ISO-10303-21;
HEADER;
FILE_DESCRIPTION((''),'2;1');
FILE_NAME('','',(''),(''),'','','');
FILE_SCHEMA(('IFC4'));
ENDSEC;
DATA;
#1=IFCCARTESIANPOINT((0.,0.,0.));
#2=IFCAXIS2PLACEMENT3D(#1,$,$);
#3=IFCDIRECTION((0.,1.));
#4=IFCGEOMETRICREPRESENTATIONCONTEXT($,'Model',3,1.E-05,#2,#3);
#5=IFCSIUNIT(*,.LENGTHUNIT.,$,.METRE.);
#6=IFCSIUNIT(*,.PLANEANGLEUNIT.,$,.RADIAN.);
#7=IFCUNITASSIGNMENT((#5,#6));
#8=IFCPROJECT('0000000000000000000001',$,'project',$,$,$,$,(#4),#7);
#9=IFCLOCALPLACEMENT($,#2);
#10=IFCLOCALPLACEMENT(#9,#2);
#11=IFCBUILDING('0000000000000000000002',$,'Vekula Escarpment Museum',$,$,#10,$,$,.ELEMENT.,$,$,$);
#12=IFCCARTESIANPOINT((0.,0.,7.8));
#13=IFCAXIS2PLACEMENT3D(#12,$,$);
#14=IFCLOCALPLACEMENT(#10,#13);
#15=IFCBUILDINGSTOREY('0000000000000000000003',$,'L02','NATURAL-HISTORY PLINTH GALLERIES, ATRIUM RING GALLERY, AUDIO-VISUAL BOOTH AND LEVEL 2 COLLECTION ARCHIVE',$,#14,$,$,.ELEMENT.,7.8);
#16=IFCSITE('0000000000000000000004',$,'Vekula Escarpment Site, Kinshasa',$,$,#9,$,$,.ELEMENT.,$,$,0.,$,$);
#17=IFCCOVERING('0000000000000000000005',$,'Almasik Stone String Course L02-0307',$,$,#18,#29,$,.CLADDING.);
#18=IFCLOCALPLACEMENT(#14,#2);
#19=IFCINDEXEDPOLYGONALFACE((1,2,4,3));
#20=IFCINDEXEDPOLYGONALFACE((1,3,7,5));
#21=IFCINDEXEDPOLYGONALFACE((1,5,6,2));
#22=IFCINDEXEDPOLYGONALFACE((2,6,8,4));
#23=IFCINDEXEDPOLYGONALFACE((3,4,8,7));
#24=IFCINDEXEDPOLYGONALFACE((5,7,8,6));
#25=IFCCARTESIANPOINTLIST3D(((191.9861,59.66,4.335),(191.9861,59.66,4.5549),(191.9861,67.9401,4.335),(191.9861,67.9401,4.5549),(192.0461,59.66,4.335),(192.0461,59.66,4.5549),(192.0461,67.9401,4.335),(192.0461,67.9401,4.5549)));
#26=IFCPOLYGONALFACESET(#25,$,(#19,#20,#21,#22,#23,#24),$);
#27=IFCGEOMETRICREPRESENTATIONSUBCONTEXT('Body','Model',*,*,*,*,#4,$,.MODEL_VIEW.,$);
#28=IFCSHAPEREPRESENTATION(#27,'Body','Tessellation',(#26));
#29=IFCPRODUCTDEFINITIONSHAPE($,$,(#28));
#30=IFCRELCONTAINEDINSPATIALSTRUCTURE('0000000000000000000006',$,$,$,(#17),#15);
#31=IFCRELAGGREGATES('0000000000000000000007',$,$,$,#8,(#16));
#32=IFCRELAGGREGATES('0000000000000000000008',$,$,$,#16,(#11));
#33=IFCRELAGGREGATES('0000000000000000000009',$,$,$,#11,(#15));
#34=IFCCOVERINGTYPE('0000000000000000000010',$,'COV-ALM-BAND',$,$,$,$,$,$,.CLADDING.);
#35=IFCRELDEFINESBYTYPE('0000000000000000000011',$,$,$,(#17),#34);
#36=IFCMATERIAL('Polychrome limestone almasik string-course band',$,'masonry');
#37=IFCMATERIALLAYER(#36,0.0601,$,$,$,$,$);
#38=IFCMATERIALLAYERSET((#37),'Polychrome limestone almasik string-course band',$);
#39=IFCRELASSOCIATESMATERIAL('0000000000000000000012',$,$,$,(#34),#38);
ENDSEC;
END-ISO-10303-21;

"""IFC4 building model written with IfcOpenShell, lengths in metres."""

from ifc_helpers import new_model, si_unit, direction, frame, origin, origin_2d, place, context, subcontext, project, spatial, rectangle, extrude, material, layer, layer_set, type_object, element, save


model = new_model("IFC4")

# Units and contexts
model_context = context("Model", 3, precision=1e-05, world=origin(), true_north=direction((0.0, 1.0)))
body_context = subcontext(model_context, "Body", "Model", "MODEL_VIEW")
ifc_project = project(units=[si_unit("LENGTHUNIT", "METRE"), si_unit("PLANEANGLEUNIT", "RADIAN")], contexts=[model_context])

# Site, building, storey
site_placement = place(None, origin())
site = spatial("IfcSite", under=ifc_project, at=site_placement, Name="Vekula Escarpment Site, Kinshasa", CompositionType="ELEMENT", RefElevation=0.0)
building_placement = place(site_placement, origin())
building = spatial("IfcBuilding", under=site, at=building_placement, Name="Vekula Escarpment Museum", CompositionType="ELEMENT")
storey_placement = place(building_placement, frame((0.0, 0.0, 7.8)))
storey = spatial("IfcBuildingStorey", under=building, at=storey_placement, Name="L02", Description="NATURAL-HISTORY PLINTH GALLERIES, ATRIUM RING GALLERY, AUDIO-VISUAL BOOTH AND LEVEL 2 COLLECTION ARCHIVE", CompositionType="ELEMENT", Elevation=7.8)

# Covering
ifc_material_1 = material(Name="Polychrome limestone almasik string-course band", Category="masonry")
ifc_layer_1 = layer(ifc_material_1, 0.0601)
ifc_layer_set_1 = layer_set([ifc_layer_1], Name="Polychrome limestone almasik string-course band")
covering_type = type_object("IfcCoveringType", Name="COV-ALM-BAND", PredefinedType="CLADDING", material=ifc_layer_set_1)
for number, where, z_axis, x_axis, name in (
    (1, (192.0161, 63.8, 4.335), (0.0, 0.0, 1.0), (0.0, 1.0, 0.0), "Almasik Stone String Course L02-0307"),
):
    element("IfcCovering", number, at=place(storey_placement, frame(where, z_axis=z_axis, x_axis=x_axis)), inside=storey, type_object=covering_type, Name=name, PredefinedType="CLADDING", context=body_context, shape_type="SweptSolid", body=[
        extrude(rectangle(XDim=8.28, YDim=0.0601, at=origin_2d()), origin(), (0.0, 0.0, 1.0), 0.22),
    ])

save(model, "model.ifc")
